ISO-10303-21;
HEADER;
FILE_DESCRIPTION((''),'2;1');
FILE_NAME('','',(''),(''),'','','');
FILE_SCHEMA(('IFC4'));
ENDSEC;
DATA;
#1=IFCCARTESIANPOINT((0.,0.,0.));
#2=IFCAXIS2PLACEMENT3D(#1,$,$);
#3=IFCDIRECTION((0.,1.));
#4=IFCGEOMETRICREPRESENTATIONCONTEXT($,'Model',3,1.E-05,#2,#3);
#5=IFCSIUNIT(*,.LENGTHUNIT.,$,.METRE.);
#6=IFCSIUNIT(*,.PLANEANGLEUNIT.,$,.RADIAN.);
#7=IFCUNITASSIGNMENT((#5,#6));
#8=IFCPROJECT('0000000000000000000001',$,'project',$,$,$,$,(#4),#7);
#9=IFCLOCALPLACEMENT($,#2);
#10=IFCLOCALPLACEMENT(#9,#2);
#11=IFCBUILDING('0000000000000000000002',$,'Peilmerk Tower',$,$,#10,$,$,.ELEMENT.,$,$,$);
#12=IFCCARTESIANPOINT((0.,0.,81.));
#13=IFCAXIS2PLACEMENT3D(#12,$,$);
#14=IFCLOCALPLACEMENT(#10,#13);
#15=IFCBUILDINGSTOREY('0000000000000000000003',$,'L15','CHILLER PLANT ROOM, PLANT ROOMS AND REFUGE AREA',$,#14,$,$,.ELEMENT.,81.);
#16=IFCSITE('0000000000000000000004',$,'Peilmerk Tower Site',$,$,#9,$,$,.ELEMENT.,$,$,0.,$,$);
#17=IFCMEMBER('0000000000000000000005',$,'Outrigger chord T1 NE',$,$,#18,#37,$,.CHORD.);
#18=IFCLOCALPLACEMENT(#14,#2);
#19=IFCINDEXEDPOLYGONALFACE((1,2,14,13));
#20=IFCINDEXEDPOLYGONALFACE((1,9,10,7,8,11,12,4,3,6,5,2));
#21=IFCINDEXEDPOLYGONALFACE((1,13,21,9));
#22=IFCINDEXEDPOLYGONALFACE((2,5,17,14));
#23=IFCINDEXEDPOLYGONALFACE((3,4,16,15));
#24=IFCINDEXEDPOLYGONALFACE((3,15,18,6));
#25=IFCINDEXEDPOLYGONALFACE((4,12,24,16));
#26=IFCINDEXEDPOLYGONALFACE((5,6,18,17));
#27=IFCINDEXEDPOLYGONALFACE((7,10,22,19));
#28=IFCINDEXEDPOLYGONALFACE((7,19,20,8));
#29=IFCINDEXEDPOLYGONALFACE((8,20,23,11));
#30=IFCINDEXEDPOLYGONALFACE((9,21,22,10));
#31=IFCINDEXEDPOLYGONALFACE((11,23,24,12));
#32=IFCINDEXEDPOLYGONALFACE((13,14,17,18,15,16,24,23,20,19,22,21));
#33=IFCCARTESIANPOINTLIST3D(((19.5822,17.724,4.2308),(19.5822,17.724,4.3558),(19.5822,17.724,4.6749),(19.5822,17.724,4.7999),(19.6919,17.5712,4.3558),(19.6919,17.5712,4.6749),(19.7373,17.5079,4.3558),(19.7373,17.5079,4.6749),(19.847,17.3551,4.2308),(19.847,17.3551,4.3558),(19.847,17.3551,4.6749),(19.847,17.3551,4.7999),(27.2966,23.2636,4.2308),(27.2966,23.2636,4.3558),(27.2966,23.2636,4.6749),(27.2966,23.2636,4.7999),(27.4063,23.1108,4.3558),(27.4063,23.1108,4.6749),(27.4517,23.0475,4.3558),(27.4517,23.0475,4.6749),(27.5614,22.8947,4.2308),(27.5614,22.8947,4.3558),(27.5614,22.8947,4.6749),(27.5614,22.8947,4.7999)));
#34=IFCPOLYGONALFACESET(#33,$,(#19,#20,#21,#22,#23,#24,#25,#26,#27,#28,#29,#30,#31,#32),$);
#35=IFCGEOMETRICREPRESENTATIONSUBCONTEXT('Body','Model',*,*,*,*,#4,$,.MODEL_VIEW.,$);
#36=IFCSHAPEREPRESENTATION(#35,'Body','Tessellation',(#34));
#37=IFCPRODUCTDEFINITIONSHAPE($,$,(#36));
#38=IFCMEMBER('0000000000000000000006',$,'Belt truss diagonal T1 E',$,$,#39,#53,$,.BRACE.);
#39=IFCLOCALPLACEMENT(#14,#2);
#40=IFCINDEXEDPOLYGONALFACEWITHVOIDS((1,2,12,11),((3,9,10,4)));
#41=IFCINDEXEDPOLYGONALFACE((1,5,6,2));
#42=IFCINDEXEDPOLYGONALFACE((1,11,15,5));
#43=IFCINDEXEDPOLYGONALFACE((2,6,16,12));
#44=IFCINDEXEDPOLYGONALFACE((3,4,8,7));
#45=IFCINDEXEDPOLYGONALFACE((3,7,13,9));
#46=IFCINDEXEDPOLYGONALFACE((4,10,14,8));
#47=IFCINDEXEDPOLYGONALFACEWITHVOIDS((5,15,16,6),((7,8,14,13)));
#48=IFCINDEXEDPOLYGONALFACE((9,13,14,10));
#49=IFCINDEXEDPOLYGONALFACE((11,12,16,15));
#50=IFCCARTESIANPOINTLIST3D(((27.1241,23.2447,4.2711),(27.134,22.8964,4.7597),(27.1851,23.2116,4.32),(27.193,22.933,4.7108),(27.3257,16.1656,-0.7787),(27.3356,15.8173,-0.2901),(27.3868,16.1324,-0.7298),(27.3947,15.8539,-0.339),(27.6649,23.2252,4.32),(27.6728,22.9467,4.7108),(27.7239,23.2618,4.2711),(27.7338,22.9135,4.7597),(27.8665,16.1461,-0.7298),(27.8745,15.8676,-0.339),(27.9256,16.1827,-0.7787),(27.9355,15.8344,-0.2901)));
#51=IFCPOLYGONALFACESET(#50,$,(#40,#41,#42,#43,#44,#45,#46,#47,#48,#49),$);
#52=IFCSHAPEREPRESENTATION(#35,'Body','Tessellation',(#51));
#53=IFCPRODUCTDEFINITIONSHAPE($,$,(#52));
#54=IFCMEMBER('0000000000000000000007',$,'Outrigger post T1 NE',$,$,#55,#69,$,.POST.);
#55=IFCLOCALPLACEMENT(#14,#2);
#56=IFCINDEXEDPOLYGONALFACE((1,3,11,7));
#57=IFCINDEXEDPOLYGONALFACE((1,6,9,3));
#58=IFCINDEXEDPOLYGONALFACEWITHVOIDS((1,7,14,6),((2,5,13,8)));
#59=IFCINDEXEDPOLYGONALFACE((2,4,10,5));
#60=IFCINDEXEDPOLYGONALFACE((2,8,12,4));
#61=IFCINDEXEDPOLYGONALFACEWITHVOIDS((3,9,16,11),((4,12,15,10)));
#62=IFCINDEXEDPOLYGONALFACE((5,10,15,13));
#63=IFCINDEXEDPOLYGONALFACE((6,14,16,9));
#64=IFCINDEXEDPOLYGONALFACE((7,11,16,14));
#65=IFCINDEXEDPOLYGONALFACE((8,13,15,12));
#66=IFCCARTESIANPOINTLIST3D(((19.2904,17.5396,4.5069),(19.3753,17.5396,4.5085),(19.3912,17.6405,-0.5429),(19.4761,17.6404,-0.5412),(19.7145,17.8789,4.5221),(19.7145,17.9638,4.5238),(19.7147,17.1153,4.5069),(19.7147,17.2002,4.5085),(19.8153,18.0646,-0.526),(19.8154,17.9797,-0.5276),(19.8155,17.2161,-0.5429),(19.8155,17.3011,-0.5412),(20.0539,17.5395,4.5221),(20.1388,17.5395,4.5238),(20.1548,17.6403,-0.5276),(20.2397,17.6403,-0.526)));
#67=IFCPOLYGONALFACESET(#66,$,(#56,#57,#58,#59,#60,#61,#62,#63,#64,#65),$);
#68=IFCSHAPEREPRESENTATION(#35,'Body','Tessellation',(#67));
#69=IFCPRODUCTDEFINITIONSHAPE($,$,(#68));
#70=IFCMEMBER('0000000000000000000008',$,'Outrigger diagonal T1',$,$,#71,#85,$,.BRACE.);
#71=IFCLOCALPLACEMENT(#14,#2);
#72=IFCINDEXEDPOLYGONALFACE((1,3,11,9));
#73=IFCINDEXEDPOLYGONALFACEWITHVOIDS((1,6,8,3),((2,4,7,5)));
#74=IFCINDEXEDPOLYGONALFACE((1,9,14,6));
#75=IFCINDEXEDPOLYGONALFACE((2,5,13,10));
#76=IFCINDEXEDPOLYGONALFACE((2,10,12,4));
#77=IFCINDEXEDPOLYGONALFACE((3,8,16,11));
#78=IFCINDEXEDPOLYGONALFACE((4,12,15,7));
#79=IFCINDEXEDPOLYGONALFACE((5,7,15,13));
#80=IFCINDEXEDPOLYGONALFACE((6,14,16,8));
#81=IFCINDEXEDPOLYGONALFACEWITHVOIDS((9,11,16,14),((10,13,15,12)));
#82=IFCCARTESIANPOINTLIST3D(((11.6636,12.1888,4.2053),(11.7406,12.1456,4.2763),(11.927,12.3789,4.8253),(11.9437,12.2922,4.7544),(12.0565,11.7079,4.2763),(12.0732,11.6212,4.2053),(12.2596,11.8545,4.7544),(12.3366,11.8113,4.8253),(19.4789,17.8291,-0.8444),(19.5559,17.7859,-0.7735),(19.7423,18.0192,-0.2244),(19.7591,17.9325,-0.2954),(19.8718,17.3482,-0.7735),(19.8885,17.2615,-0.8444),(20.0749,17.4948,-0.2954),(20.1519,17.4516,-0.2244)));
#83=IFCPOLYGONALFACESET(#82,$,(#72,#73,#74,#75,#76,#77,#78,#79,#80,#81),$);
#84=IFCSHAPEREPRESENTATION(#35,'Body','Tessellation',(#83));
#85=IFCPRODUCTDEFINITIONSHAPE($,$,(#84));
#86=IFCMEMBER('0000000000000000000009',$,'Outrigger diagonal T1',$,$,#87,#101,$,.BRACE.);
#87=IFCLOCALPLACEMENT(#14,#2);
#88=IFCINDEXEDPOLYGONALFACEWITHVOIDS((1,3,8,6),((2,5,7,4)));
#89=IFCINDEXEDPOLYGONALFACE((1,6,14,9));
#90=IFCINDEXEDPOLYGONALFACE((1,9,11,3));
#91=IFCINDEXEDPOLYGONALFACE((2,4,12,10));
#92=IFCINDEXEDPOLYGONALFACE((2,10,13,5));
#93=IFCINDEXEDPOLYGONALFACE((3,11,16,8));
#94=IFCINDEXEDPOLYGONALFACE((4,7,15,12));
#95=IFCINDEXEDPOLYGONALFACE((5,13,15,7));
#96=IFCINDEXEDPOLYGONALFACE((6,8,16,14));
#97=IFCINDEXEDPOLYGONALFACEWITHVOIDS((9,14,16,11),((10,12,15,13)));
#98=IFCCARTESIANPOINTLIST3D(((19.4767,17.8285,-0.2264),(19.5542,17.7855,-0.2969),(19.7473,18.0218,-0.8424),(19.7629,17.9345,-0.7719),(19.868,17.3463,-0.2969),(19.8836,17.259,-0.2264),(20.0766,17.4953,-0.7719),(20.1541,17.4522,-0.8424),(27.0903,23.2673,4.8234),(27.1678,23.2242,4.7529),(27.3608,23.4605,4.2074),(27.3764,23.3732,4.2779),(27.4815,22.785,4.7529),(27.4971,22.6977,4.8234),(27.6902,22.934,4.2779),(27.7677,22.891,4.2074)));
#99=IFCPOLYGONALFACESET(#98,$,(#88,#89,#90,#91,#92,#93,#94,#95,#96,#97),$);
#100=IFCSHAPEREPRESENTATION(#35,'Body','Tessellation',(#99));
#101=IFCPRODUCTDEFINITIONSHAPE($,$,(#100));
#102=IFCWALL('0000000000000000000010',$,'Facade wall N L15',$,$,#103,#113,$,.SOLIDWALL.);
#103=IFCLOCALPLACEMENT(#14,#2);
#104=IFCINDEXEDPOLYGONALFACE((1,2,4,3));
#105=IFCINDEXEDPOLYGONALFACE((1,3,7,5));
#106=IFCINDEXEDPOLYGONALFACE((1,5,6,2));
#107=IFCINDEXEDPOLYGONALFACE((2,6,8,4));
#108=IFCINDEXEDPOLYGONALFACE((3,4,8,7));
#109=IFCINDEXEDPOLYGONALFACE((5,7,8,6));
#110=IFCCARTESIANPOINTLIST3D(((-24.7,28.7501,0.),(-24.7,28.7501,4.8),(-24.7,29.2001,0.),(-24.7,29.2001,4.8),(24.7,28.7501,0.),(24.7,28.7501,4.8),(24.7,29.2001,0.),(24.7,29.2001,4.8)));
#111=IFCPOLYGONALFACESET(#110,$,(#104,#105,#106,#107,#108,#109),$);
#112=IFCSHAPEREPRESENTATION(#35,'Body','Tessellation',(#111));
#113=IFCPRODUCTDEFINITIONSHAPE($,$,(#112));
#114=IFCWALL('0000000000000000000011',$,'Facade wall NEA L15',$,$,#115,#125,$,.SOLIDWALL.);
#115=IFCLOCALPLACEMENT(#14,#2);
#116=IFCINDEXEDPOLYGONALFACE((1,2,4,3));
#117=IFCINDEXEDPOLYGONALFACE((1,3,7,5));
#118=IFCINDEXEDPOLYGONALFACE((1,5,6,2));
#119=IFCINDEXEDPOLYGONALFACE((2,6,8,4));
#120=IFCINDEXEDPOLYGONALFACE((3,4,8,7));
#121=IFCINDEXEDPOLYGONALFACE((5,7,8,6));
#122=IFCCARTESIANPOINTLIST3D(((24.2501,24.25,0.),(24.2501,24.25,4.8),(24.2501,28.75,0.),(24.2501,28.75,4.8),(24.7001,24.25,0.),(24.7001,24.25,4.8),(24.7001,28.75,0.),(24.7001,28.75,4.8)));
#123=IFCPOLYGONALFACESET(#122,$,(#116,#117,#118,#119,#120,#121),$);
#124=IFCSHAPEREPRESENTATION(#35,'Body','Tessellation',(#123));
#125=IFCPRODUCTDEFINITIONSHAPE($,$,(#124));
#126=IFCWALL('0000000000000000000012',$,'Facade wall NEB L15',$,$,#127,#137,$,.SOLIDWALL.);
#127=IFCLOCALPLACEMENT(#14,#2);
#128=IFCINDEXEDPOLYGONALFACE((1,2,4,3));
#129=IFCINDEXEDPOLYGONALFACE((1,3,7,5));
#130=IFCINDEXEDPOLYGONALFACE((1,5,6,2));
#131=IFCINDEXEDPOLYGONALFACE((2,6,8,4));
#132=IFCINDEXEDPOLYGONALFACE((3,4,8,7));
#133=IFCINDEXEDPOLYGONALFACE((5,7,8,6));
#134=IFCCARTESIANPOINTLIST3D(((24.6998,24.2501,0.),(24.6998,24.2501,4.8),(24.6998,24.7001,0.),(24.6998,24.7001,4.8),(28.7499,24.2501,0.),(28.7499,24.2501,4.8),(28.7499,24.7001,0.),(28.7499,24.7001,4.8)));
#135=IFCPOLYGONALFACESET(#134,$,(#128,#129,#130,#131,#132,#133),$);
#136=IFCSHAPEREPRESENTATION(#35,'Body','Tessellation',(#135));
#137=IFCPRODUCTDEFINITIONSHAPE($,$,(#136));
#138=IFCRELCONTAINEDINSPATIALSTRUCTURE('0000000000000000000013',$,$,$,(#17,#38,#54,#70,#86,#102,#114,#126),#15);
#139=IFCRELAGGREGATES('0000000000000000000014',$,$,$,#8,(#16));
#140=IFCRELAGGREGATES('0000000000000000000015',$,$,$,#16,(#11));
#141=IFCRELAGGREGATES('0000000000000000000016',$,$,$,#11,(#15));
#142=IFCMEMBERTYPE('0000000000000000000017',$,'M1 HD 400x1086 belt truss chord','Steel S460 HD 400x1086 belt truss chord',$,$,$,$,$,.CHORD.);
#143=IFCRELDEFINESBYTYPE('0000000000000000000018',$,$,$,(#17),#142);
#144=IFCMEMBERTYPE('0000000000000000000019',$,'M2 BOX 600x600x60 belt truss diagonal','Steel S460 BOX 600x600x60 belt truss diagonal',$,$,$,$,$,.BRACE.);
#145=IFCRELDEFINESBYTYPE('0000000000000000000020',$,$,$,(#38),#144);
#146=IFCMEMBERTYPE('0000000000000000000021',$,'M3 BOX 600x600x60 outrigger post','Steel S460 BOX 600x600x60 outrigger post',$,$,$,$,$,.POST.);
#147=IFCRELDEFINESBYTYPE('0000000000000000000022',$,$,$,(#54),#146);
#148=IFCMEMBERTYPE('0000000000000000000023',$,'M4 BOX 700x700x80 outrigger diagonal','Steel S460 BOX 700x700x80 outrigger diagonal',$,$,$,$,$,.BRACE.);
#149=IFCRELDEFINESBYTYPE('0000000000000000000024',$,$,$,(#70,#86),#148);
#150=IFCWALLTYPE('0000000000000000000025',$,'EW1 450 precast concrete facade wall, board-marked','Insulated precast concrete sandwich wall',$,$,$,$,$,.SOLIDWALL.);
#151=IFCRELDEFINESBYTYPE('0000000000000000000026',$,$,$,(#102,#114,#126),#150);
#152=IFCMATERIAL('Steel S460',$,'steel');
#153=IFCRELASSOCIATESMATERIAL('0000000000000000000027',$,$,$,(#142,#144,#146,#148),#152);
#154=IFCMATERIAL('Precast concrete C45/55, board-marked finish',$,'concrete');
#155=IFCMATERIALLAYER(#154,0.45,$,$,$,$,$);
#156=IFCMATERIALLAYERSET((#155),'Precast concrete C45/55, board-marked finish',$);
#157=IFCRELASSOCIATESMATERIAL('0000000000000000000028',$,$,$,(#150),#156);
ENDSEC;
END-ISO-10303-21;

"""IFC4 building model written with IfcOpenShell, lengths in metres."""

from ifc_helpers import new_model, si_unit, direction, frame, frame_2d, origin, origin_2d, place, context, subcontext, project, spatial, rectangle, hollow_rectangle, i_section, extrude, material, layer, layer_set, material_profile, profile_set, type_object, element, save


model = new_model("IFC4")

# Units and contexts
model_context = context("Model", 3, precision=1e-05, world=origin(), true_north=direction((0.0, 1.0)))
body_context = subcontext(model_context, "Body", "Model", "MODEL_VIEW")
ifc_project = project(units=[si_unit("LENGTHUNIT", "METRE"), si_unit("PLANEANGLEUNIT", "RADIAN")], contexts=[model_context])

# Site, building, storey
site_placement = place(None, origin())
site = spatial("IfcSite", under=ifc_project, at=site_placement, Name="Peilmerk Tower Site", CompositionType="ELEMENT", RefElevation=0.0)
building_placement = place(site_placement, origin())
building = spatial("IfcBuilding", under=site, at=building_placement, Name="Peilmerk Tower", CompositionType="ELEMENT")
storey_placement = place(building_placement, frame((0.0, 0.0, 81.0)))
storey = spatial("IfcBuildingStorey", under=building, at=storey_placement, Name="L15", Description="CHILLER PLANT ROOM, PLANT ROOMS AND REFUGE AREA", CompositionType="ELEMENT", Elevation=81.0)

# Shared definitions
ifc_material_1 = material(Name="Steel S460", Category="steel")

# Members
ifc_material_profile_1 = material_profile(ifc_material_1, i_section(OverallWidth=0.4541, OverallDepth=0.5691, WebThickness=0.0779, FlangeThickness=0.125, at=origin_2d()), Name="HD 400x1086")
ifc_profile_set_1 = profile_set([ifc_material_profile_1], Name="Steel S460")
member_type_1 = type_object("IfcMemberType", Name="M1 HD 400x1086 belt truss chord", Description="Steel S460 HD 400x1086 belt truss chord", PredefinedType="CHORD", material=ifc_profile_set_1)
member_1_placement = place(storey_placement, frame((19.7146, 17.5396, 4.5154), z_axis=(0.812272, 0.583279, 0.0), x_axis=(-0.583279, 0.812272, 0.0)))
element("IfcMember", 1, at=member_1_placement, inside=storey, type_object=member_type_1, Name="Outrigger chord T1 NE", PredefinedType="CHORD", context=body_context, shape_type="SweptSolid", body=[
    extrude(i_section(OverallWidth=0.4541, OverallDepth=0.5691, WebThickness=0.0779, FlangeThickness=0.125, at=origin_2d()), origin(), (0.0, 0.0, 1.0), 9.4973),
])
ifc_material_profile_2 = material_profile(ifc_material_1, hollow_rectangle(XDim=0.6001, YDim=0.6001, WallThickness=0.0601, at=origin_2d()), Name="BOX 600x600x60")
ifc_profile_set_2 = profile_set([ifc_material_profile_2], Name="Steel S460")
member_type_2 = type_object("IfcMemberType", Name="M2 BOX 600x600x60 belt truss diagonal", Description="Steel S460 BOX 600x600x60 belt truss diagonal", PredefinedType="BRACE", material=ifc_profile_set_2)
member_2_placement = place(storey_placement, frame((27.6306, 16.0, -0.5344), z_axis=(-0.023185, 0.813879, 0.580572), x_axis=(-0.999595, -0.028475, 0.0)))
element("IfcMember", 2, at=member_2_placement, inside=storey, type_object=member_type_2, Name="Belt truss diagonal T1 E", PredefinedType="BRACE", context=body_context, shape_type="SweptSolid", body=[
    extrude(hollow_rectangle(XDim=0.6001, YDim=0.6001, WallThickness=0.0601, at=origin_2d()), origin(), (0.0, 0.0, 1.0), 8.698),
])
ifc_material_profile_3 = material_profile(ifc_material_1, hollow_rectangle(XDim=0.6001, YDim=0.6001, WallThickness=0.0601, at=origin_2d()), Name="BOX 600x600x60")
ifc_profile_set_3 = profile_set([ifc_material_profile_3], Name="Steel S460")
member_type_3 = type_object("IfcMemberType", Name="M3 BOX 600x600x60 outrigger post", Description="Steel S460 BOX 600x600x60 outrigger post", PredefinedType="POST", material=ifc_profile_set_3)
member_3_placement = place(storey_placement, frame((19.8154, 17.6404, -0.5344), z_axis=(-0.019959, -0.019959, 0.999602), x_axis=(0.707107, -0.707107, 0.0)))
element("IfcMember", 3, at=member_3_placement, inside=storey, type_object=member_type_3, Name="Outrigger post T1 NE", PredefinedType="POST", context=body_context, shape_type="SweptSolid", body=[
    extrude(hollow_rectangle(XDim=0.6001, YDim=0.6001, WallThickness=0.0601, at=origin_2d()), origin(), (0.0, 0.0, 1.0), 5.0518),
])
ifc_material_profile_4 = material_profile(ifc_material_1, hollow_rectangle(XDim=0.7, YDim=0.7, WallThickness=0.0801, at=origin_2d()), Name="BOX 700x700x80")
ifc_profile_set_4 = profile_set([ifc_material_profile_4], Name="Steel S460")
member_type_4 = type_object("IfcMemberType", Name="M4 BOX 700x700x80 outrigger diagonal", Description="Steel S460 BOX 700x700x80 outrigger diagonal", PredefinedType="BRACE", material=ifc_profile_set_4)
member_4_placement = place(storey_placement, frame((19.8154, 17.6404, -0.5344), z_axis=(-0.718266, -0.518371, 0.464095), x_axis=(0.585211, -0.810881, 0.0)))
element("IfcMember", 4, at=member_4_placement, inside=storey, type_object=member_type_4, Name="Outrigger diagonal T1", PredefinedType="BRACE", context=body_context, shape_type="SweptSolid", body=[
    extrude(hollow_rectangle(XDim=0.7, YDim=0.7, WallThickness=0.0801, at=origin_2d()), origin(), (0.0, 0.0, 1.0), 10.8809),
])
member_5_placement = place(storey_placement, frame((19.8154, 17.6404, -0.5344), z_axis=(0.716075, 0.511528, 0.474949), x_axis=(-0.581273, 0.813709, 0.0)))
element("IfcMember", 5, at=member_5_placement, inside=storey, type_object=member_type_4, Name="Outrigger diagonal T1", PredefinedType="BRACE", context=body_context, shape_type="SweptSolid", body=[
    extrude(hollow_rectangle(XDim=0.7, YDim=0.7, WallThickness=0.0801, at=origin_2d()), origin(), (0.0, 0.0, 1.0), 10.6323),
])

# Walls
ifc_material_2 = material(Name="Precast concrete C45/55, board-marked finish", Category="concrete")
ifc_layer = layer(ifc_material_2, 0.45)
ifc_layer_set = layer_set([ifc_layer], Name="Precast concrete C45/55, board-marked finish")
wall_type = type_object("IfcWallType", Name="EW1 450 precast concrete facade wall, board-marked", Description="Insulated precast concrete sandwich wall", PredefinedType="SOLIDWALL", material=ifc_layer_set)
wall_1_placement = place(storey_placement, frame((24.7, 28.9751, 0.0), z_axis=(0.0, 0.0, 1.0), x_axis=(-1.0, 0.0, 0.0)))
element("IfcWall", 6, at=wall_1_placement, inside=storey, type_object=wall_type, Name="Facade wall N L15", PredefinedType="SOLIDWALL", context=body_context, shape_type="SweptSolid", body=[
    extrude(rectangle(XDim=49.3999, YDim=0.45, at=frame_2d((24.7, 0.0))), origin(), (0.0, 0.0, 1.0), 4.8),
])
wall_2_placement = place(storey_placement, frame((24.4751, 24.25, 0.0), z_axis=(0.0, 0.0, 1.0), x_axis=(0.0, 1.0, 0.0)))
element("IfcWall", 7, at=wall_2_placement, inside=storey, type_object=wall_type, Name="Facade wall NEA L15", PredefinedType="SOLIDWALL", context=body_context, shape_type="SweptSolid", body=[
    extrude(rectangle(XDim=4.5, YDim=0.45, at=frame_2d((2.25, 0.0))), origin(), (0.0, 0.0, 1.0), 4.8),
])
wall_3_placement = place(storey_placement, frame((24.7, 24.4751, 0.0), z_axis=(0.0, 0.0, 1.0), x_axis=(1.0, 0.0, 0.0)))
element("IfcWall", 8, at=wall_3_placement, inside=storey, type_object=wall_type, Name="Facade wall NEB L15", PredefinedType="SOLIDWALL", context=body_context, shape_type="SweptSolid", body=[
    extrude(rectangle(XDim=4.05, YDim=0.45, at=frame_2d((2.0249, 0.0))), origin(), (0.0, 0.0, 1.0), 4.8),
])

save(model, "model.ifc")
